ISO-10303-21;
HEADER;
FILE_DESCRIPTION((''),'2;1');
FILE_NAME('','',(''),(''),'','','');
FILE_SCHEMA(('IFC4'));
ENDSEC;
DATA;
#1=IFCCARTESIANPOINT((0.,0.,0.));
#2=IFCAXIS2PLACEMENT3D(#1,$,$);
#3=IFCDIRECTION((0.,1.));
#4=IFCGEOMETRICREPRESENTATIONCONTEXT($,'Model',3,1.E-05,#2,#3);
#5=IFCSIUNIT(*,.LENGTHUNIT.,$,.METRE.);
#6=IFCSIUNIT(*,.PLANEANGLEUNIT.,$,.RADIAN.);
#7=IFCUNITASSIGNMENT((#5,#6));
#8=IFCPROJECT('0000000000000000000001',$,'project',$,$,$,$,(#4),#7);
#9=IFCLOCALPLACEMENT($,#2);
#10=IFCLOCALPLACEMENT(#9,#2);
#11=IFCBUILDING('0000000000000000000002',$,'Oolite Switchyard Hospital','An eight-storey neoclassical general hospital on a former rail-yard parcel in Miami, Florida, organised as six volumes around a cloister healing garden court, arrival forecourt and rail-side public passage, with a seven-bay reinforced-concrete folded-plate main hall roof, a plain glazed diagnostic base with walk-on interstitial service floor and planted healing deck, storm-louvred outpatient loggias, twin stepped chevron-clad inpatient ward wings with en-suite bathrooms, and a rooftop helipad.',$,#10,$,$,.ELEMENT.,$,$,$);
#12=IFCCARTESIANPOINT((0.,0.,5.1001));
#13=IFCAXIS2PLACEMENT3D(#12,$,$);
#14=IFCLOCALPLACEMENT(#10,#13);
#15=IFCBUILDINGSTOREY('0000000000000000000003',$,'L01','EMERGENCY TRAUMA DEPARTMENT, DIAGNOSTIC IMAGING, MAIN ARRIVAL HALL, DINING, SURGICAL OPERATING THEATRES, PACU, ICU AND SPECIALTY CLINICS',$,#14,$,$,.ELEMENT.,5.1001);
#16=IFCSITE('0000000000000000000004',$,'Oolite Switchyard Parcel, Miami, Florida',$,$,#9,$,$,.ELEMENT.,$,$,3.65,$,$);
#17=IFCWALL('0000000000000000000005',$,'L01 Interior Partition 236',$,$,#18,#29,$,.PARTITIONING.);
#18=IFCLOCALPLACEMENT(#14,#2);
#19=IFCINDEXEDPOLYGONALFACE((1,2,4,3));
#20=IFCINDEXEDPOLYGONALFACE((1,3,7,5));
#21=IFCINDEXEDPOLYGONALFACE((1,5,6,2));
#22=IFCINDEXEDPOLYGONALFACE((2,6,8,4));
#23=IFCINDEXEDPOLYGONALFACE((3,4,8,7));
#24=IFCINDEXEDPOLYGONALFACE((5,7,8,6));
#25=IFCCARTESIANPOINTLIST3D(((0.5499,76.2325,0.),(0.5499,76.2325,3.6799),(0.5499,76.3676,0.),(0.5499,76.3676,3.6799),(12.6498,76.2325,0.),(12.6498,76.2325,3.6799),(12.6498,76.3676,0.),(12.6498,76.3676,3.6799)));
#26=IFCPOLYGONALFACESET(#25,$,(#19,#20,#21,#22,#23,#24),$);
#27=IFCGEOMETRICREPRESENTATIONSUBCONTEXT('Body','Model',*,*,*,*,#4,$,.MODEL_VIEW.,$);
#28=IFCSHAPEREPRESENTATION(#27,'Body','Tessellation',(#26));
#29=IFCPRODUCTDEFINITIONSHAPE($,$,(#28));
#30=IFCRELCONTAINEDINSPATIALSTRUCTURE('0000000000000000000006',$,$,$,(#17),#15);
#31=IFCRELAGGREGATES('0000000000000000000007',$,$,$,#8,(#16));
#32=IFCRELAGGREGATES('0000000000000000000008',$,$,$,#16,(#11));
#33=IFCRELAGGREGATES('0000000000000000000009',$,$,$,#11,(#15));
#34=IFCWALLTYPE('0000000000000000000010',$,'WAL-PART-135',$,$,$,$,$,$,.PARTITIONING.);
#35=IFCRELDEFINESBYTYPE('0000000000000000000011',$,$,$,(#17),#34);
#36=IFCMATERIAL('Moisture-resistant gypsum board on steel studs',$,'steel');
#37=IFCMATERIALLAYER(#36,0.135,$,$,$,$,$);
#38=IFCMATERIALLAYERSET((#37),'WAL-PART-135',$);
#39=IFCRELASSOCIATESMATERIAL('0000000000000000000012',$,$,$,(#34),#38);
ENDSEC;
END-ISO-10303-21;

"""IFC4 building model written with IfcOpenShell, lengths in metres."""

from ifc_helpers import new_model, si_unit, direction, frame, frame_2d, origin, place, context, subcontext, project, spatial, rectangle, extrude, material, layer, layer_set, type_object, element, save


model = new_model("IFC4")

# Units and contexts
model_context = context("Model", 3, precision=1e-05, world=origin(), true_north=direction((0.0, 1.0)))
body_context = subcontext(model_context, "Body", "Model", "MODEL_VIEW")
ifc_project = project(units=[si_unit("LENGTHUNIT", "METRE"), si_unit("PLANEANGLEUNIT", "RADIAN")], contexts=[model_context])

# Site, building, storey
site_placement = place(None, origin())
site = spatial("IfcSite", under=ifc_project, at=site_placement, Name="Oolite Switchyard Parcel, Miami, Florida", CompositionType="ELEMENT", RefElevation=3.65)
building_placement = place(site_placement, origin())
building = spatial("IfcBuilding", under=site, at=building_placement, Name="Oolite Switchyard Hospital", Description="An eight-storey neoclassical general hospital on a former rail-yard parcel in Miami, Florida, organised as six volumes around a cloister healing garden court, arrival forecourt and rail-side public passage, with a seven-bay reinforced-concrete folded-plate main hall roof, a plain glazed diagnostic base with walk-on interstitial service floor and planted healing deck, storm-louvred outpatient loggias, twin stepped chevron-clad inpatient ward wings with en-suite bathrooms, and a rooftop helipad.", CompositionType="ELEMENT")
storey_placement = place(building_placement, frame((0.0, 0.0, 5.1001)))
storey = spatial("IfcBuildingStorey", under=building, at=storey_placement, Name="L01", Description="EMERGENCY TRAUMA DEPARTMENT, DIAGNOSTIC IMAGING, MAIN ARRIVAL HALL, DINING, SURGICAL OPERATING THEATRES, PACU, ICU AND SPECIALTY CLINICS", CompositionType="ELEMENT", Elevation=5.1001)

# Wall
ifc_material_1 = material(Name="Moisture-resistant gypsum board on steel studs", Category="steel")
ifc_layer_1 = layer(ifc_material_1, 0.135)
ifc_layer_set_1 = layer_set([ifc_layer_1], Name="WAL-PART-135")
wall_type_1 = type_object("IfcWallType", Name="WAL-PART-135", PredefinedType="PARTITIONING", material=ifc_layer_set_1)
for number, where, z_axis, x_axis, name in (
    (1, (0.55, 76.3, 0.0), (0.0, 0.0, 1.0), (1.0, 0.0, 0.0), "L01 Interior Partition 236"),
):
    element("IfcWall", number, at=place(storey_placement, frame(where, z_axis=z_axis, x_axis=x_axis)), inside=storey, type_object=wall_type_1, Name=name, PredefinedType="PARTITIONING", context=body_context, shape_type="SweptSolid", body=[
        extrude(rectangle(XDim=12.0999, YDim=0.135, at=frame_2d((6.0498, 0.0))), origin(), (0.0, 0.0, 1.0), 3.6799),
    ])

save(model, "model.ifc")
